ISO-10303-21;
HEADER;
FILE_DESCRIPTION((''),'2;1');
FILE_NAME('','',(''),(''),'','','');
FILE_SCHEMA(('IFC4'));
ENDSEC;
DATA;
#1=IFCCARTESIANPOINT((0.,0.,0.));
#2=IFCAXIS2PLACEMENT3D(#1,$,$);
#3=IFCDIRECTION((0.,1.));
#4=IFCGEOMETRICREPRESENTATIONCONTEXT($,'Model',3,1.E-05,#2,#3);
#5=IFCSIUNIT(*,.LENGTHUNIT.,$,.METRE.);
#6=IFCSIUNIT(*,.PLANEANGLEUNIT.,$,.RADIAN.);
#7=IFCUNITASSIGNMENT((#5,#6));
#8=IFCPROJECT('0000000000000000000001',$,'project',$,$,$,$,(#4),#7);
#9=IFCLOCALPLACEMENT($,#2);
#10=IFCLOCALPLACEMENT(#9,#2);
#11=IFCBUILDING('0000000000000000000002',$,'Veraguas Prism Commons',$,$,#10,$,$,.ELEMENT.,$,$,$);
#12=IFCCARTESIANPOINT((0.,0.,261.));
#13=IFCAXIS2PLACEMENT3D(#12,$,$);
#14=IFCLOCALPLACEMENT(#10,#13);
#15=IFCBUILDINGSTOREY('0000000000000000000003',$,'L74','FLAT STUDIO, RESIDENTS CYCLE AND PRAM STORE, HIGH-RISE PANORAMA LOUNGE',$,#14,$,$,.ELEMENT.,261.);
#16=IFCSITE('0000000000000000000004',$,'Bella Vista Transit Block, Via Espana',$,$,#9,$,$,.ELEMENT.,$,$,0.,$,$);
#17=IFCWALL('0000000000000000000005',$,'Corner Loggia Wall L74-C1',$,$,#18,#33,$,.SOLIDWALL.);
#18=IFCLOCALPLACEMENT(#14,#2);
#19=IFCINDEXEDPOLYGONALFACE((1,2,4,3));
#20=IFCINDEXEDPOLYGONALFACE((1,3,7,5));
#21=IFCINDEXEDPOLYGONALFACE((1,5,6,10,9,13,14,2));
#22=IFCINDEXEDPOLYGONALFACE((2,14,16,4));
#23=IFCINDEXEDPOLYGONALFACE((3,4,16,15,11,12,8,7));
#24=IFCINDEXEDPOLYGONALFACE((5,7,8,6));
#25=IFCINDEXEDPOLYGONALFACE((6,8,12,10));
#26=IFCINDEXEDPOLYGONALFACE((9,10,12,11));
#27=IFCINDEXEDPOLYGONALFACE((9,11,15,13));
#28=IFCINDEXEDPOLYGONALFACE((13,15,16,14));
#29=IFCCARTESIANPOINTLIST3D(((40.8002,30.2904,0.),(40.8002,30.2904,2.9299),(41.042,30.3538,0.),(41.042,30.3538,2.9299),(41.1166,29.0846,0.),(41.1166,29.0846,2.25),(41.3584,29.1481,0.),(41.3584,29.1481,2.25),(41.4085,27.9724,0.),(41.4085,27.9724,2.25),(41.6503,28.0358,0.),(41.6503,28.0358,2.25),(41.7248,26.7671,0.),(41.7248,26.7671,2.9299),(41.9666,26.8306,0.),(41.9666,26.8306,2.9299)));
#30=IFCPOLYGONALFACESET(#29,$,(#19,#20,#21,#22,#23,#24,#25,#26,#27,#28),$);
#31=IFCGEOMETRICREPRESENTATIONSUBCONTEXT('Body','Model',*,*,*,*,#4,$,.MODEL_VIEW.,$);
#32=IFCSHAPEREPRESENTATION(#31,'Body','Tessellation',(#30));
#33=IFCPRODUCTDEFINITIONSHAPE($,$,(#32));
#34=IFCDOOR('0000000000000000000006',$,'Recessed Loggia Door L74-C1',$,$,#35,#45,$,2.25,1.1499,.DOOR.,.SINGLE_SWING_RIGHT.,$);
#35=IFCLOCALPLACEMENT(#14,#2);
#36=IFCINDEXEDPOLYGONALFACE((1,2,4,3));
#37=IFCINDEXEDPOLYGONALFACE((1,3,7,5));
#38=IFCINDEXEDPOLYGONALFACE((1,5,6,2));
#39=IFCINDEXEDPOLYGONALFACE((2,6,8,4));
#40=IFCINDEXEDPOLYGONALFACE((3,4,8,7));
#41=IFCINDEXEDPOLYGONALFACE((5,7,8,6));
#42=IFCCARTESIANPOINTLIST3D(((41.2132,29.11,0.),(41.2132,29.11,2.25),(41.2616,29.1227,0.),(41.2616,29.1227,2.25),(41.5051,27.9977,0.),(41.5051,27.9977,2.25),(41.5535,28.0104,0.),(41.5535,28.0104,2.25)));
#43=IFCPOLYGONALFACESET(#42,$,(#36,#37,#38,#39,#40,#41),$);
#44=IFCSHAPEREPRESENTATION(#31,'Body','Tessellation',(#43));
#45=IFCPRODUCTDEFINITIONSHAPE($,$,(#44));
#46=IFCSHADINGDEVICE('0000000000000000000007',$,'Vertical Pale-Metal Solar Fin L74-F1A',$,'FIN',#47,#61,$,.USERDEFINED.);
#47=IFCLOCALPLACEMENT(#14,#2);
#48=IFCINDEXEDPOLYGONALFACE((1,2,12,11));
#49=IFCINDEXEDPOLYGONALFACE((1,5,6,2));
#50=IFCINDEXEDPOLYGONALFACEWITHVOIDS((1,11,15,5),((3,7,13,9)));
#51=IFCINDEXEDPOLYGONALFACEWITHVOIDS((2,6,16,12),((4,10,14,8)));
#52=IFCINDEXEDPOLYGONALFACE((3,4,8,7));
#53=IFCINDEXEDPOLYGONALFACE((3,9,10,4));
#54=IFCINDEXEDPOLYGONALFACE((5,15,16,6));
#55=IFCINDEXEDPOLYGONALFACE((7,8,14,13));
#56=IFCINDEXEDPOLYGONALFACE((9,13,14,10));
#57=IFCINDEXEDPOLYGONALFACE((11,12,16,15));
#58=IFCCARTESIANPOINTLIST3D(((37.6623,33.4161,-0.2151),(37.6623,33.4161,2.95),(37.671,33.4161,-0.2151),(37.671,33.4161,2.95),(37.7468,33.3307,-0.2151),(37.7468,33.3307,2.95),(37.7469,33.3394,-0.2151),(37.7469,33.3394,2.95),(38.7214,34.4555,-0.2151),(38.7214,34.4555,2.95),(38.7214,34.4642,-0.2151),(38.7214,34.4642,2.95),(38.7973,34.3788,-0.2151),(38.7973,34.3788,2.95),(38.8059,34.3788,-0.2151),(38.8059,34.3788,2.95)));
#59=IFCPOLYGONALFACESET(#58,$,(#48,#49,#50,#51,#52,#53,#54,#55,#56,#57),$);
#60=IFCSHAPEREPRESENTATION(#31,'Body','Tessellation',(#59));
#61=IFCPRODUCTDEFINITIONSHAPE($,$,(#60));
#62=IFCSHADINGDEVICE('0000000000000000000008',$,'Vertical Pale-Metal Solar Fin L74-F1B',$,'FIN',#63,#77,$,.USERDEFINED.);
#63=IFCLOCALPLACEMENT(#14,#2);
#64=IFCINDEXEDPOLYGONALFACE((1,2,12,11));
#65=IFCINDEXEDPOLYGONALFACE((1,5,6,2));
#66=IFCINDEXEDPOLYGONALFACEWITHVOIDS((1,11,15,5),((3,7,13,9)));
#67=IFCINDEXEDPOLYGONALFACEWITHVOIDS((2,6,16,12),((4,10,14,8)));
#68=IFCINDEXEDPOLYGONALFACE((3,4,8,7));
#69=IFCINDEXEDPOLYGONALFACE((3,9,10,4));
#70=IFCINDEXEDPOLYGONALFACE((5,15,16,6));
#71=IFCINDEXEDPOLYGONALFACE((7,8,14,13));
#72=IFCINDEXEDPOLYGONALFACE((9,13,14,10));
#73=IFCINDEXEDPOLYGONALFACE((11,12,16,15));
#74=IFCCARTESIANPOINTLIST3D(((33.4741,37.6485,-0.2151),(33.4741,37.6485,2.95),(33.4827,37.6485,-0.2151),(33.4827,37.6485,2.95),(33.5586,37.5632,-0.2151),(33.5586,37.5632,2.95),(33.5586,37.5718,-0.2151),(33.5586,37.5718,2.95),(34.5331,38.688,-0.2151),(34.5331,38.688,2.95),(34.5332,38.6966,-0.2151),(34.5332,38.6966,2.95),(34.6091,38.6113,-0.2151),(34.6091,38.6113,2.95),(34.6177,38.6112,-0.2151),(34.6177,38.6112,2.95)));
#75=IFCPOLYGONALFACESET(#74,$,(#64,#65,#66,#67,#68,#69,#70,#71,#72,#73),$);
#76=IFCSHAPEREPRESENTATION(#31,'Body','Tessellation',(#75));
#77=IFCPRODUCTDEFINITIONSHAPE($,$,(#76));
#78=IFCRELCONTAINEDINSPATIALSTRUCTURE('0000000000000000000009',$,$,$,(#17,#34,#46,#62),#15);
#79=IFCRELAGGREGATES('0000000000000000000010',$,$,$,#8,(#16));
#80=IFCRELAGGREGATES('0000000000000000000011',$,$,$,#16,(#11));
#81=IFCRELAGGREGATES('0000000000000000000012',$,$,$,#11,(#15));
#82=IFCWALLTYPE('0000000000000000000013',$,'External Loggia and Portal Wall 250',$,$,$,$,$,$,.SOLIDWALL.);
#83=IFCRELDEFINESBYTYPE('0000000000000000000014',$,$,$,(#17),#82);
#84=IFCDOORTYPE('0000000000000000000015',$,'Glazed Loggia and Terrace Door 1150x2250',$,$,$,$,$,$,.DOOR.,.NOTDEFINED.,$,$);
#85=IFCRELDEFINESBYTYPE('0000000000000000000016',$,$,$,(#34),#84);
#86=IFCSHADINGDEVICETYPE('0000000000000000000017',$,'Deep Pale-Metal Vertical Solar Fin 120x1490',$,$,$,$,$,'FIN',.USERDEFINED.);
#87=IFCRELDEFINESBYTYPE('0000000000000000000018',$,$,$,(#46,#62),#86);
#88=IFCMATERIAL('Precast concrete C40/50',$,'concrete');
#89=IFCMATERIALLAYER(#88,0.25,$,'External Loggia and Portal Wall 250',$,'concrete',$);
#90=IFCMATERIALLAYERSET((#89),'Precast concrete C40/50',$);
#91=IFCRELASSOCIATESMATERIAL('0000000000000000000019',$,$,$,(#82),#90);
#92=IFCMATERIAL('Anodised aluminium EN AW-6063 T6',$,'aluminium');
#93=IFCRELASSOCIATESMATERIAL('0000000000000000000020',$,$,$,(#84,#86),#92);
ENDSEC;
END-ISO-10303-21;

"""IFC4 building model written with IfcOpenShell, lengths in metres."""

from ifc_helpers import new_model, si_unit, direction, frame, frame_2d, origin, origin_2d, place, context, subcontext, project, spatial, rectangle, hollow_rectangle, extrude, source, transform, mapped, material, layer, layer_set, material_profile, profile_set, type_object, element, fill, save


model = new_model("IFC4")

# Units and contexts
model_context = context("Model", 3, precision=1e-05, world=origin(), true_north=direction((0.0, 1.0)))
body_context = subcontext(model_context, "Body", "Model", "MODEL_VIEW")
ifc_project = project(units=[si_unit("LENGTHUNIT", "METRE"), si_unit("PLANEANGLEUNIT", "RADIAN")], contexts=[model_context])

# Site, building, storey
site_placement = place(None, origin())
site = spatial("IfcSite", under=ifc_project, at=site_placement, Name="Bella Vista Transit Block, Via Espana", CompositionType="ELEMENT", RefElevation=0.0)
building_placement = place(site_placement, origin())
building = spatial("IfcBuilding", under=site, at=building_placement, Name="Veraguas Prism Commons", CompositionType="ELEMENT")
storey_placement = place(building_placement, frame((0.0, 0.0, 261.0)))
storey = spatial("IfcBuildingStorey", under=building, at=storey_placement, Name="L74", Description="FLAT STUDIO, RESIDENTS CYCLE AND PRAM STORE, HIGH-RISE PANORAMA LOUNGE", CompositionType="ELEMENT", Elevation=261.0)

# Shared definitions
ifc_material_1 = material(Name="Anodised aluminium EN AW-6063 T6", Category="aluminium")

# Wall, opening, door
ifc_material_2 = material(Name="Precast concrete C40/50", Category="concrete")
ifc_layer_1 = layer(ifc_material_2, 0.25, Name="External Loggia and Portal Wall 250", Category="concrete")
ifc_layer_set_1 = layer_set([ifc_layer_1], Name="Precast concrete C40/50")
wall_type_1 = type_object("IfcWallType", Name="External Loggia and Portal Wall 250", PredefinedType="SOLIDWALL", material=ifc_layer_set_1)
wall_1_placement = place(storey_placement, frame((41.8457, 26.7988, 0.0), z_axis=(0.0, 0.0, 1.0), x_axis=(-0.253827, 0.96725, 0.0)))
wall_1 = element("IfcWall", 1, at=wall_1_placement, inside=storey, type_object=wall_type_1, Name="Corner Loggia Wall L74-C1", PredefinedType="SOLIDWALL", context=body_context, shape_type="SweptSolid", body=[
    extrude(rectangle(XDim=3.6426, YDim=0.25, at=frame_2d((1.8213, 0.0))), origin(), (0.0, 0.0, 1.0), 2.9299),
])
opening_1_placement = place(wall_1_placement, frame((1.2461, 0.0, 0.0)))
opening_1 = element("IfcOpeningElement", 2, at=opening_1_placement, cuts=wall_1, PredefinedType="OPENING", context=body_context, shape_type="SweptSolid", body=[
    extrude(rectangle(XDim=1.1499, YDim=2.25, at=frame_2d((0.575, 1.125))), frame((0.0, 0.135, 0.0), z_axis=(0.0, -1.0, 0.0), x_axis=(1.0, 0.0, 0.0)), (0.0, 0.0, 1.0), 0.27),
])
door_type_1 = type_object("IfcDoorType", Name="Glazed Loggia and Terrace Door 1150x2250", OperationType="NOTDEFINED", PredefinedType="DOOR", material=ifc_material_1)
shared_shape_1 = source(origin(), body_context, "Body", "SweptSolid", [
    extrude(rectangle(XDim=1.1499, YDim=2.25, at=frame_2d((0.575, 1.125))), frame((0.0, 0.0249, 0.0), z_axis=(0.0, -1.0, 0.0), x_axis=(1.0, 0.0, 0.0)), (0.0, 0.0, 1.0), 0.05),
])
door_1_placement = place(opening_1_placement, frame((1.1499, 0.0, 0.0), z_axis=(0.0, 0.0, 1.0), x_axis=(-1.0, 0.0, 0.0)))
door_1 = element("IfcDoor", 3, at=door_1_placement, inside=storey, type_object=door_type_1, Name="Recessed Loggia Door L74-C1", OperationType="SINGLE_SWING_RIGHT", OverallHeight=2.25, OverallWidth=1.1499, PredefinedType="DOOR", context=body_context, shape_type="MappedRepresentation", body=[
    mapped(shared_shape_1, transform((0.0, 0.0, 0.0), scale=1.0)),
])
fill(opening_1, door_1)

# Shading devices
ifc_material_profile_1 = material_profile(ifc_material_1, hollow_rectangle(XDim=0.1201, YDim=1.49, WallThickness=0.0061, at=origin_2d()), Name="FIN120X1490X6")
ifc_profile_set_1 = profile_set([ifc_material_profile_1], Name="Anodised aluminium EN AW-6063 T6")
shading_device_type = type_object("IfcShadingDeviceType", Name="Deep Pale-Metal Vertical Solar Fin 120x1490", ElementType="FIN", PredefinedType="USERDEFINED", material=ifc_profile_set_1)
for number, where, z_axis, x_axis, name in (
    (4, (38.2341, 33.8975, -0.2151), (0.0, 0.0, 1.0), (-0.703396, 0.710798, 0.0), "Vertical Pale-Metal Solar Fin L74-F1A"),
    (5, (34.0459, 38.1299, -0.2151), (0.0, 0.0, 1.0), (-0.703396, 0.710798, 0.0), "Vertical Pale-Metal Solar Fin L74-F1B"),
):
    element("IfcShadingDevice", number, at=place(storey_placement, frame(where, z_axis=z_axis, x_axis=x_axis)), inside=storey, type_object=shading_device_type, Name=name, ObjectType="FIN", PredefinedType="USERDEFINED", context=body_context, shape_type="SweptSolid", body=[
        extrude(hollow_rectangle(XDim=0.1201, YDim=1.49, WallThickness=0.0061, at=origin_2d()), origin(), (0.0, 0.0, 1.0), 3.165),
    ])

save(model, "model.ifc")
